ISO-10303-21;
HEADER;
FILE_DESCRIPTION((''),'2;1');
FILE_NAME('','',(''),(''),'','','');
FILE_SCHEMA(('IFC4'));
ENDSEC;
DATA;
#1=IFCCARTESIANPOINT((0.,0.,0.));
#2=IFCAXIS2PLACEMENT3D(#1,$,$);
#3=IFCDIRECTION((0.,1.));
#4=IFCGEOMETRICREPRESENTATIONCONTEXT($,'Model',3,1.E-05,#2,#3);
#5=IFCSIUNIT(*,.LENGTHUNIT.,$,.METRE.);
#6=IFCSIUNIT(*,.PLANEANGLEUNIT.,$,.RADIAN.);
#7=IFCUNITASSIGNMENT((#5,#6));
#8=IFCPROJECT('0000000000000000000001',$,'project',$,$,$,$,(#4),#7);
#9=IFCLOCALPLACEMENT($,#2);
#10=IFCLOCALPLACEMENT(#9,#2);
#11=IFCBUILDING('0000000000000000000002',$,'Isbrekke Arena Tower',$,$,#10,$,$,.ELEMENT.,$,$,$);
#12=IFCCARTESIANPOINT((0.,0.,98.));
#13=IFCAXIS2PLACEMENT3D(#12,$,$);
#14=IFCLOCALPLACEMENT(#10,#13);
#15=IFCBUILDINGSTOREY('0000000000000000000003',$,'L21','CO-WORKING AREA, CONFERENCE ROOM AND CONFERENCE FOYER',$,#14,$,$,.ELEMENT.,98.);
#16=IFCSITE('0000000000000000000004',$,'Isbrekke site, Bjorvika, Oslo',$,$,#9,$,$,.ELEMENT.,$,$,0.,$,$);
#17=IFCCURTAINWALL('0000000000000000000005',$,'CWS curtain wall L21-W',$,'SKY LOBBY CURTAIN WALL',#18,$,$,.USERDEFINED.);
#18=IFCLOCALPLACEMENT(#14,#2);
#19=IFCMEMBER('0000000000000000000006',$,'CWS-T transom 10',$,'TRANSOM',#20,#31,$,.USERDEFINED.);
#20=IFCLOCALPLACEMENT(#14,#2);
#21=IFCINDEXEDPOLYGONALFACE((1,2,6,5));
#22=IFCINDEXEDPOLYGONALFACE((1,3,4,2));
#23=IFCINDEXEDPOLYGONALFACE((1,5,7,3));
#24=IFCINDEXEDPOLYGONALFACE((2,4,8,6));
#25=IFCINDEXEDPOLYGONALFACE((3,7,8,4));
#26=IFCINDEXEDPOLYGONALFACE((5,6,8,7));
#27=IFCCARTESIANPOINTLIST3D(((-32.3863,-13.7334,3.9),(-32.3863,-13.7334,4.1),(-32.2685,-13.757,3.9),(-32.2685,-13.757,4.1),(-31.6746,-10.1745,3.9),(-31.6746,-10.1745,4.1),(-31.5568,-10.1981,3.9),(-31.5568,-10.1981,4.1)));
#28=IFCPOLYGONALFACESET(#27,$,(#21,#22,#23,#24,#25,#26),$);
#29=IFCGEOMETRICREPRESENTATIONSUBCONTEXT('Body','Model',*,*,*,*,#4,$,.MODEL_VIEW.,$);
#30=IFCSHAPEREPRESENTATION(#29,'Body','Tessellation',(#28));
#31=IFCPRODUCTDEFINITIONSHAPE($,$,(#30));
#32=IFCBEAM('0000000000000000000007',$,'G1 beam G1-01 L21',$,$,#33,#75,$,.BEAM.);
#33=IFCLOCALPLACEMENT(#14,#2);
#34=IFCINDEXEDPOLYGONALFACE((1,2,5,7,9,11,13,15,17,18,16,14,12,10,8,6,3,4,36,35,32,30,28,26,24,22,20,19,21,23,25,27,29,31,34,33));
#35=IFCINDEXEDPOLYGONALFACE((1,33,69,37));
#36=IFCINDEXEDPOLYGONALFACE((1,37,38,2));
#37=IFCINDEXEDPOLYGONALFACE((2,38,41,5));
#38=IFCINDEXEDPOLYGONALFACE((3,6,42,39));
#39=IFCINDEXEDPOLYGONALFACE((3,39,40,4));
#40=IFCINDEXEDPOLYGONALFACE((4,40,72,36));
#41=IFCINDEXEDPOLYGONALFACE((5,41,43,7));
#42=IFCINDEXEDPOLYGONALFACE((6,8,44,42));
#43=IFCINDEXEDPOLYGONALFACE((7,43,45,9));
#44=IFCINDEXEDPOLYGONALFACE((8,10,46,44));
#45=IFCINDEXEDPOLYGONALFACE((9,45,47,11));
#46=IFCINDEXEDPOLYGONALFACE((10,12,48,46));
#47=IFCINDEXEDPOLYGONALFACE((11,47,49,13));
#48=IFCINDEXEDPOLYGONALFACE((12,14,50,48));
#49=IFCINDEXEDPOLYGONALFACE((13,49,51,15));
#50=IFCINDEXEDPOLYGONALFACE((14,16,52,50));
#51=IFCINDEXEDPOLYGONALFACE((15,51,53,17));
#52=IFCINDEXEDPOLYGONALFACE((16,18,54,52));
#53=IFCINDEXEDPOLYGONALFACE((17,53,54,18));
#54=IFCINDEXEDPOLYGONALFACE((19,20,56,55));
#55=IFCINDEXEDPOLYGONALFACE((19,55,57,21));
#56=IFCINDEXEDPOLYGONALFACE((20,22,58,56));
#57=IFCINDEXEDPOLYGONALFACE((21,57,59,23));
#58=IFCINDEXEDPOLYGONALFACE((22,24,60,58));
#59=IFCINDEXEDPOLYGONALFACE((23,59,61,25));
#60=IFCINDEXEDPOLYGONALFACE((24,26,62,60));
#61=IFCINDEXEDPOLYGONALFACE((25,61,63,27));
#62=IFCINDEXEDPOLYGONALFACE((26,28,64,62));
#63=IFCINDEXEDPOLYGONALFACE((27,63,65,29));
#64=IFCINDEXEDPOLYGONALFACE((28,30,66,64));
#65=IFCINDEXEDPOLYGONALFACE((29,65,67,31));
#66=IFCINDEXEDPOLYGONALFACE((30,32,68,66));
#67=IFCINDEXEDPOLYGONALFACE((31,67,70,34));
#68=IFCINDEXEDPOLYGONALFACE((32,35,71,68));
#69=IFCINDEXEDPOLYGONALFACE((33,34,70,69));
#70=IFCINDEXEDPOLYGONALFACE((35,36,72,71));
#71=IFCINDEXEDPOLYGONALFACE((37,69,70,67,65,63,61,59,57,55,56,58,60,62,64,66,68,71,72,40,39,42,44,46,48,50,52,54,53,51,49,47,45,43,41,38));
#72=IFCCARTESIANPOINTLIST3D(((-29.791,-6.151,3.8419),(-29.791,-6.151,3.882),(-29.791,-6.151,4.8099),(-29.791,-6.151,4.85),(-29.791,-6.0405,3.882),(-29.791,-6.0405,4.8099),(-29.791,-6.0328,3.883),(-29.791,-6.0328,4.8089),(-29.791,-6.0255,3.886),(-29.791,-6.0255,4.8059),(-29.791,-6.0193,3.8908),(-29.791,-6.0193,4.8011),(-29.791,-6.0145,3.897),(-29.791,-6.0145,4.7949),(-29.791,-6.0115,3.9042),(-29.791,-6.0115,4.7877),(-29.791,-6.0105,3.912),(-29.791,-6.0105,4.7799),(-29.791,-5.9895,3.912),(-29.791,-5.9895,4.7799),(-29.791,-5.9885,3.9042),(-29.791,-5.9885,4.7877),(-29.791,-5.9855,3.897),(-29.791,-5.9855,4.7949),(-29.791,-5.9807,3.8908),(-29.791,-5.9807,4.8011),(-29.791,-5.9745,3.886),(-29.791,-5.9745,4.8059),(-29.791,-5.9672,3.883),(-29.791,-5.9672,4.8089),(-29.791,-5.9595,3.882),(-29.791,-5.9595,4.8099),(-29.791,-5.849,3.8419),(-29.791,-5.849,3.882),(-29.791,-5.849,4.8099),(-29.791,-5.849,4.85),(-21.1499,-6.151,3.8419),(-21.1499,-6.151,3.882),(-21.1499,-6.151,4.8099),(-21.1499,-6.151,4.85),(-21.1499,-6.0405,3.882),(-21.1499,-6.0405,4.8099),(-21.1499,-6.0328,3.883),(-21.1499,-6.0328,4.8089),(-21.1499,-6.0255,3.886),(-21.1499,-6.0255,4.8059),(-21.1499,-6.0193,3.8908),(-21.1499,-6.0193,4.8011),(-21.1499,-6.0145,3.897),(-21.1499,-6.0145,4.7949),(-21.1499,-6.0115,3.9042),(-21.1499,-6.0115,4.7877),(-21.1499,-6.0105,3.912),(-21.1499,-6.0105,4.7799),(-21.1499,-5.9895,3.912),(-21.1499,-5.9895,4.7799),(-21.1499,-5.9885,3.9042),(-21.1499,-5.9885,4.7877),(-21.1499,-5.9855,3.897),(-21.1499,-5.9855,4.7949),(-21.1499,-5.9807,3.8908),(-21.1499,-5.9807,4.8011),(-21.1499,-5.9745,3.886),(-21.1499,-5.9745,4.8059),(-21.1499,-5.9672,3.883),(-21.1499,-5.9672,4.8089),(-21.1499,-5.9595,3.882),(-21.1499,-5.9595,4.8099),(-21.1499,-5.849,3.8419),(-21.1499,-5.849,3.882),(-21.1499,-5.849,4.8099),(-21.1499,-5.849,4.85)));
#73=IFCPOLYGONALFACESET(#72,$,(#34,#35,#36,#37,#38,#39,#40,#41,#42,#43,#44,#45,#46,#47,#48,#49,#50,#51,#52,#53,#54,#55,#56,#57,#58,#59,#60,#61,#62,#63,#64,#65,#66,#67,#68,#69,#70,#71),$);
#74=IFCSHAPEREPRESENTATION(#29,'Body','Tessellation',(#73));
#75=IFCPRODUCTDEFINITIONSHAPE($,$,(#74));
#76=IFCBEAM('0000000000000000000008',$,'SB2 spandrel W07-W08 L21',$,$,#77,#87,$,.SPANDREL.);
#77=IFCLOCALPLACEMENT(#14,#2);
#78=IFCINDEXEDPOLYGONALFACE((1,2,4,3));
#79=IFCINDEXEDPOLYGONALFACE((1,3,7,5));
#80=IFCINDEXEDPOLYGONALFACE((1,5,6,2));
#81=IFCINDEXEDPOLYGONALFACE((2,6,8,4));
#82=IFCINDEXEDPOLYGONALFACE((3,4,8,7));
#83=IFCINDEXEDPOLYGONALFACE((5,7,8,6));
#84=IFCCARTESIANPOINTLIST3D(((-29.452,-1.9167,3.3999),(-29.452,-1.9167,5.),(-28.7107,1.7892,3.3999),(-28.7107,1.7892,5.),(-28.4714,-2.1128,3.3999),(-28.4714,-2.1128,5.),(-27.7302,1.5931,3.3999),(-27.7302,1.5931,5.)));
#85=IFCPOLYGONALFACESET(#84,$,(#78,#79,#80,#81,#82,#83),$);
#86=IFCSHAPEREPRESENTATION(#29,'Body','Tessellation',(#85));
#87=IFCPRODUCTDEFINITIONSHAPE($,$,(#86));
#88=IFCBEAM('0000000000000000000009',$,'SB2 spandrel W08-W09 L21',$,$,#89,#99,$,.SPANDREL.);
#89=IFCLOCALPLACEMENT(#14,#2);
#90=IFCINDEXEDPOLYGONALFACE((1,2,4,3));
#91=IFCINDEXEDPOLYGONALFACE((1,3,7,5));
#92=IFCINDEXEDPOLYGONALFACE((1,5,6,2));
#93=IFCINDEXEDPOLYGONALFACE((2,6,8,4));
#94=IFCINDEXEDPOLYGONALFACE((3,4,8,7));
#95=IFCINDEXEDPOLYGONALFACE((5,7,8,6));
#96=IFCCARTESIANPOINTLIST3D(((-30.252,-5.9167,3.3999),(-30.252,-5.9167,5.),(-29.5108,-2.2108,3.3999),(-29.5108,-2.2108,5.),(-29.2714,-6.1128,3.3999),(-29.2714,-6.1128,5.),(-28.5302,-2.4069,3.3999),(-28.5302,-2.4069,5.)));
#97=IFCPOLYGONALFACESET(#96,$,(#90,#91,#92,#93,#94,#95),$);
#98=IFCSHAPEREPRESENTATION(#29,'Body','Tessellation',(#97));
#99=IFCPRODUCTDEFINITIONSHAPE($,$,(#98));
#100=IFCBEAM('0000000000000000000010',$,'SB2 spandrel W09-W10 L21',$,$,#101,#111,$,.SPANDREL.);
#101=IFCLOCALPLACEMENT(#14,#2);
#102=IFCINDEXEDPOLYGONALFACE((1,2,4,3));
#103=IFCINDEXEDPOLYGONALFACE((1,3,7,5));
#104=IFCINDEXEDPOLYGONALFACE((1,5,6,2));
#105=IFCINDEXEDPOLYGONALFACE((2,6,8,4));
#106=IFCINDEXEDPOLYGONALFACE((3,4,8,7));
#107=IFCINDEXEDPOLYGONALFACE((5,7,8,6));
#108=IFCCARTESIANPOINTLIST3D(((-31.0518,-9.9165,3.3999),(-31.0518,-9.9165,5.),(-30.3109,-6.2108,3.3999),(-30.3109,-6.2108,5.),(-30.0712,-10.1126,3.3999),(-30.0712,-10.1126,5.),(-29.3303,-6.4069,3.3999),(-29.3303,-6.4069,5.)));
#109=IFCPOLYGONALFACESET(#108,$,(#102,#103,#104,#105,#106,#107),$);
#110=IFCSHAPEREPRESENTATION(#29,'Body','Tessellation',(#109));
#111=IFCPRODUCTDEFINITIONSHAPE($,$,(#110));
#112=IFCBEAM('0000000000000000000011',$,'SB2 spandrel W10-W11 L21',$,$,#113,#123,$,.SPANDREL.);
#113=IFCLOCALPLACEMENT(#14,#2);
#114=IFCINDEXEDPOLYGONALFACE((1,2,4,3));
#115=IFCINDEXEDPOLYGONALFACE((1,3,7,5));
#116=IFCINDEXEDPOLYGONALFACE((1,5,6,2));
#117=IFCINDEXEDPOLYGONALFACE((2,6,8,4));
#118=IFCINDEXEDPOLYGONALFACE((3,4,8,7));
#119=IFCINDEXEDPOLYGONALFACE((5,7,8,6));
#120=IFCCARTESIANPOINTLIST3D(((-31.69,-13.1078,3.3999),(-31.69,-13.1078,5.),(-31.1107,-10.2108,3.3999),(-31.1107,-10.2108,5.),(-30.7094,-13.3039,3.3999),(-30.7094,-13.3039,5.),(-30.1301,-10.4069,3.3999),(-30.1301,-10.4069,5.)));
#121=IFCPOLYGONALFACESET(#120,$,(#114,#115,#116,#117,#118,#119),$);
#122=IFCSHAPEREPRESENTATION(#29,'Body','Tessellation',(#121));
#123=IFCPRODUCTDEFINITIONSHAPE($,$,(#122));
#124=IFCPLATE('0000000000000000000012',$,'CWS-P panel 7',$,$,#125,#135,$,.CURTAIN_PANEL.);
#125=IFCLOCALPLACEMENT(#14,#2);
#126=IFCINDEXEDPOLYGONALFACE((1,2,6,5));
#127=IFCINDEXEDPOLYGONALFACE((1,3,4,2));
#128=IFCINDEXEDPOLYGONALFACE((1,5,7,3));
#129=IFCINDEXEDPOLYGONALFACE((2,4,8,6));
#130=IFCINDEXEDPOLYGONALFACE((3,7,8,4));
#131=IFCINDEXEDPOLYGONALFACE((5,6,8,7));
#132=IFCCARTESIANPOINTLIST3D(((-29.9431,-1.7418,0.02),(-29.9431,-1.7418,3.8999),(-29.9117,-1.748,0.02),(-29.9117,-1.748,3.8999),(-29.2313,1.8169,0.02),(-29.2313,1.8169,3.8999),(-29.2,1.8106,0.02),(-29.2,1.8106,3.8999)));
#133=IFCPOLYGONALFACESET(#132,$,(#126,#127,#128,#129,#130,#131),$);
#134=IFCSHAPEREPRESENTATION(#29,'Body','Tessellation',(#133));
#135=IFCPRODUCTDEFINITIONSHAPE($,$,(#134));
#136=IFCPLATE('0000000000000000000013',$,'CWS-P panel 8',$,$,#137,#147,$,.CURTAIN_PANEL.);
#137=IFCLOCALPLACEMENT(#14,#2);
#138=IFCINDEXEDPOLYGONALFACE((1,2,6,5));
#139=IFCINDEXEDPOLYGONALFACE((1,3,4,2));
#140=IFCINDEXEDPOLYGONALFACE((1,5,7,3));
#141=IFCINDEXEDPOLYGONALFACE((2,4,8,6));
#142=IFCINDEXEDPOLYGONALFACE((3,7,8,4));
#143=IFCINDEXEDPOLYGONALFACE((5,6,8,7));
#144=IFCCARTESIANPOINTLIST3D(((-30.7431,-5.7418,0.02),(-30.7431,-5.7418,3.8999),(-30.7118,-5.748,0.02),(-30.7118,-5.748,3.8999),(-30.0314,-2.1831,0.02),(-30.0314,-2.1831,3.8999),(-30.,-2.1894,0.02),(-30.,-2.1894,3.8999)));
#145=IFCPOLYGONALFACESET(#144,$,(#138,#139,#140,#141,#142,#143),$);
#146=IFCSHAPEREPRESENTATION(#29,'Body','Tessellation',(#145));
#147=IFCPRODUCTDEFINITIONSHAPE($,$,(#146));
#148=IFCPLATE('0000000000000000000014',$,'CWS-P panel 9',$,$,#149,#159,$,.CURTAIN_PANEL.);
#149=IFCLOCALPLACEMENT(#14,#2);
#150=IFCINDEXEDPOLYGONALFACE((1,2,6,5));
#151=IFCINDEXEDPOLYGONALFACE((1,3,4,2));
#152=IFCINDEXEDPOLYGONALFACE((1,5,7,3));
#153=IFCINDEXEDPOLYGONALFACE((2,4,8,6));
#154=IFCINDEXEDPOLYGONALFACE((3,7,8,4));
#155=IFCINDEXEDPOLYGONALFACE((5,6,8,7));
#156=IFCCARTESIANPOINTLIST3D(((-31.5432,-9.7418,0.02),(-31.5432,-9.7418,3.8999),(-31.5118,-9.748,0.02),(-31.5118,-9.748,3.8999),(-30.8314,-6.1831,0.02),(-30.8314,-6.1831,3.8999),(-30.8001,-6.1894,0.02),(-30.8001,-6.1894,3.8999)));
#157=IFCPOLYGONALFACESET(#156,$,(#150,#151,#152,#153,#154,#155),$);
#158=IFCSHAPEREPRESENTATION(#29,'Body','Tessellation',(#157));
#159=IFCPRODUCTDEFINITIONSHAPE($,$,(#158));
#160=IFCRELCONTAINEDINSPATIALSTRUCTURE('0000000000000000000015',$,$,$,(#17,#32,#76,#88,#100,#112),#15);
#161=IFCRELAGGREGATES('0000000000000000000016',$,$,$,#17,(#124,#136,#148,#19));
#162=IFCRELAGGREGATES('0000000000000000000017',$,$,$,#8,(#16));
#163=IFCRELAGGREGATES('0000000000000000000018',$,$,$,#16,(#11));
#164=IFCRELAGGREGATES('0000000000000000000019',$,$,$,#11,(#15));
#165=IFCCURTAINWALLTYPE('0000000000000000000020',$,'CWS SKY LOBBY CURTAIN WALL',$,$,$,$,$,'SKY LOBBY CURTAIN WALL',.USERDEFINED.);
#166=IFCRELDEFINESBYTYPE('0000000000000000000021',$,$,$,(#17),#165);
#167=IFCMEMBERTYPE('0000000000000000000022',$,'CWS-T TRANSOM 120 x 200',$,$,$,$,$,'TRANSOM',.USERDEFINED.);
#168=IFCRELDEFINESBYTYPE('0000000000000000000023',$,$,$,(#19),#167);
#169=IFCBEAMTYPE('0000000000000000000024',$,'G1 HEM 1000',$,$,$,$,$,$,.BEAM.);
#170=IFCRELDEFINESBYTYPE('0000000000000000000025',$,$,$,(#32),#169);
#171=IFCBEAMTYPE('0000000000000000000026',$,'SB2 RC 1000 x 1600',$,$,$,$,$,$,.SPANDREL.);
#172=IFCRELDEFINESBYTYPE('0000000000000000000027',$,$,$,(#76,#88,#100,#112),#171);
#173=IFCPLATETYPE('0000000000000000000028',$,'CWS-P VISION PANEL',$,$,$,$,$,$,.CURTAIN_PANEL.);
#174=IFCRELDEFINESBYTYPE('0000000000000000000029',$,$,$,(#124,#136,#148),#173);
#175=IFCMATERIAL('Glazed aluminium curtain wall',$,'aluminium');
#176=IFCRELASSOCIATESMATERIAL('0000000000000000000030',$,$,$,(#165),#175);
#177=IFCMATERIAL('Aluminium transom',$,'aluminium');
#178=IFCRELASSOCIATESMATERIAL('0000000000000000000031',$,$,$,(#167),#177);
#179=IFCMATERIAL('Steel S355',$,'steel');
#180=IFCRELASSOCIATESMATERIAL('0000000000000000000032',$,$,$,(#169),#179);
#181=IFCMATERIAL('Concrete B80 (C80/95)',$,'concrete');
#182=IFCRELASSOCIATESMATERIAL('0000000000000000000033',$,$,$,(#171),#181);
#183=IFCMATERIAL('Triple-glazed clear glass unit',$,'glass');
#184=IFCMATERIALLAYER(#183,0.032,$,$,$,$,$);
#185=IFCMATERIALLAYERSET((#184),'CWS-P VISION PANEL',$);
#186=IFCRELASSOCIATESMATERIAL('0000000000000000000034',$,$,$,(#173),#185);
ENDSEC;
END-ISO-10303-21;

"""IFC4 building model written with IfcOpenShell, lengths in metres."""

from ifc_helpers import new_model, si_unit, direction, frame, origin, origin_2d, place, context, subcontext, project, spatial, rectangle, i_section, extrude, material, layer, layer_set, material_profile, profile_set, type_object, element, aggregate, save


model = new_model("IFC4")

# Units and contexts
model_context = context("Model", 3, precision=1e-05, world=origin(), true_north=direction((0.0, 1.0)))
body_context = subcontext(model_context, "Body", "Model", "MODEL_VIEW")
ifc_project = project(units=[si_unit("LENGTHUNIT", "METRE"), si_unit("PLANEANGLEUNIT", "RADIAN")], contexts=[model_context])

# Site, building, storey
site_placement = place(None, origin())
site = spatial("IfcSite", under=ifc_project, at=site_placement, Name="Isbrekke site, Bjorvika, Oslo", CompositionType="ELEMENT", RefElevation=0.0)
building_placement = place(site_placement, origin())
building = spatial("IfcBuilding", under=site, at=building_placement, Name="Isbrekke Arena Tower", CompositionType="ELEMENT")
storey_placement = place(building_placement, frame((0.0, 0.0, 98.0)))
storey = spatial("IfcBuildingStorey", under=building, at=storey_placement, Name="L21", Description="CO-WORKING AREA, CONFERENCE ROOM AND CONFERENCE FOYER", CompositionType="ELEMENT", Elevation=98.0)

# Curtain wall, member
ifc_material_1 = material(Name="Glazed aluminium curtain wall", Category="aluminium")
curtain_wall_type = type_object("IfcCurtainWallType", Name="CWS SKY LOBBY CURTAIN WALL", ElementType="SKY LOBBY CURTAIN WALL", PredefinedType="USERDEFINED", material=ifc_material_1)
curtain_wall_placement = place(storey_placement, origin())
curtain_wall = element("IfcCurtainWall", 1, at=curtain_wall_placement, inside=storey, type_object=curtain_wall_type, Name="CWS curtain wall L21-W", ObjectType="SKY LOBBY CURTAIN WALL", PredefinedType="USERDEFINED")
ifc_material_2 = material(Name="Aluminium transom", Category="aluminium")
ifc_material_profile_1 = material_profile(ifc_material_2, rectangle(XDim=0.1201, YDim=0.2, at=origin_2d()), Name="TRANSOM 120X200")
ifc_profile_set_1 = profile_set([ifc_material_profile_1], Name="Aluminium transom")
member_type_1 = type_object("IfcMemberType", Name="CWS-T TRANSOM 120 x 200", ElementType="TRANSOM", PredefinedType="USERDEFINED", material=ifc_profile_set_1)
member_1_placement = place(storey_placement, frame((-31.6157, -10.1863, 4.0), z_axis=(-0.19609, -0.980586, 0.0), x_axis=(0.980586, -0.19609, 0.0)))
member_1 = element("IfcMember", 2, at=member_1_placement, type_object=member_type_1, Name="CWS-T transom 10", ObjectType="TRANSOM", PredefinedType="USERDEFINED", context=body_context, shape_type="SweptSolid", body=[
    extrude(rectangle(XDim=0.1201, YDim=0.2, at=origin_2d()), origin(), (0.0, 0.0, 1.0), 3.6294),
])

# Beams
ifc_material_3 = material(Name="Steel S355", Category="steel")
ifc_material_profile_2 = material_profile(ifc_material_3, i_section(OverallWidth=0.302, OverallDepth=1.0081, WebThickness=0.021, FlangeThickness=0.04, FilletRadius=0.03, at=origin_2d()), Name="HEM 1000")
ifc_profile_set_2 = profile_set([ifc_material_profile_2], Name="Steel S355")
beam_type_1 = type_object("IfcBeamType", Name="G1 HEM 1000", PredefinedType="BEAM", material=ifc_profile_set_2)
beam_1_placement = place(storey_placement, frame((-29.791, -6.0, 4.3459), z_axis=(1.0, 0.0, 0.0), x_axis=(0.0, 1.0, 0.0)))
element("IfcBeam", 3, at=beam_1_placement, inside=storey, type_object=beam_type_1, Name="G1 beam G1-01 L21", PredefinedType="BEAM", context=body_context, shape_type="SweptSolid", body=[
    extrude(i_section(OverallWidth=0.302, OverallDepth=1.0081, WebThickness=0.021, FlangeThickness=0.04, FilletRadius=0.03, at=origin_2d()), origin(), (0.0, 0.0, 1.0), 8.6411),
])
ifc_material_4 = material(Name="Concrete B80 (C80/95)", Category="concrete")
ifc_material_profile_3 = material_profile(ifc_material_4, rectangle(XDim=1.0, YDim=1.6001, at=origin_2d()), Name="RC 1000x1600")
ifc_profile_set_3 = profile_set([ifc_material_profile_3], Name="Concrete B80 (C80/95)")
beam_type_2 = type_object("IfcBeamType", Name="SB2 RC 1000 x 1600", PredefinedType="SPANDREL", material=ifc_profile_set_3)
for number, where, z_axis, x_axis, name in (
    (4, (-28.2205, 1.6912, 4.2), (-0.196129, -0.980578, 0.0), (0.980578, -0.196129, 0.0), "SB2 spandrel W07-W08 L21"),
    (5, (-29.0205, -2.3088, 4.2), (-0.196129, -0.980578, 0.0), (0.980578, -0.196129, 0.0), "SB2 spandrel W08-W09 L21"),
):
    element("IfcBeam", number, at=place(storey_placement, frame(where, z_axis=z_axis, x_axis=x_axis)), inside=storey, type_object=beam_type_2, Name=name, PredefinedType="SPANDREL", context=body_context, shape_type="SweptSolid", body=[
        extrude(rectangle(XDim=1.0, YDim=1.6001, at=origin_2d()), origin(), (0.0, 0.0, 1.0), 3.7793),
    ])
beam_2_placement = place(storey_placement, frame((-29.8206, -6.3088, 4.2), z_axis=(-0.196066, -0.980591, 0.0), x_axis=(0.980591, -0.196066, 0.0)))
element("IfcBeam", 6, at=beam_2_placement, inside=storey, type_object=beam_type_2, Name="SB2 spandrel W09-W10 L21", PredefinedType="SPANDREL", context=body_context, shape_type="SweptSolid", body=[
    extrude(rectangle(XDim=1.0, YDim=1.6001, at=origin_2d()), origin(), (0.0, 0.0, 1.0), 3.7791),
])
beam_3_placement = place(storey_placement, frame((-30.6204, -10.3088, 4.2), z_axis=(-0.1961, -0.980584, 0.0), x_axis=(0.980584, -0.1961, 0.0)))
element("IfcBeam", 7, at=beam_3_placement, inside=storey, type_object=beam_type_2, Name="SB2 spandrel W10-W11 L21", PredefinedType="SPANDREL", context=body_context, shape_type="SweptSolid", body=[
    extrude(rectangle(XDim=1.0, YDim=1.6001, at=origin_2d()), origin(), (0.0, 0.0, 1.0), 2.9543),
])

# Plates
ifc_material_5 = material(Name="Triple-glazed clear glass unit", Category="glass")
ifc_layer_1 = layer(ifc_material_5, 0.032)
ifc_layer_set_1 = layer_set([ifc_layer_1], Name="CWS-P VISION PANEL")
plate_type = type_object("IfcPlateType", Name="CWS-P VISION PANEL", PredefinedType="CURTAIN_PANEL", material=ifc_layer_set_1)
plate_1_placement = place(storey_placement, frame((-29.5715, 0.0344, 0.02), z_axis=(0.0, 0.0, 1.0), x_axis=(-0.196116, -0.980581, 0.0)))
plate_1 = element("IfcPlate", 8, at=plate_1_placement, type_object=plate_type, Name="CWS-P panel 7", PredefinedType="CURTAIN_PANEL", context=body_context, shape_type="SweptSolid", body=[
    extrude(rectangle(XDim=3.6292, YDim=0.032, at=origin_2d()), origin(), (0.0, 0.0, 1.0), 3.8799),
])
plate_2_placement = place(storey_placement, frame((-30.3716, -3.9656, 0.02), z_axis=(0.0, 0.0, 1.0), x_axis=(-0.196116, -0.980581, 0.0)))
plate_2 = element("IfcPlate", 9, at=plate_2_placement, type_object=plate_type, Name="CWS-P panel 8", PredefinedType="CURTAIN_PANEL", context=body_context, shape_type="SweptSolid", body=[
    extrude(rectangle(XDim=3.6292, YDim=0.032, at=origin_2d()), origin(), (0.0, 0.0, 1.0), 3.8799),
])
plate_3_placement = place(storey_placement, frame((-31.1716, -7.9656, 0.02), z_axis=(0.0, 0.0, 1.0), x_axis=(-0.196116, -0.980581, 0.0)))
plate_3 = element("IfcPlate", 10, at=plate_3_placement, type_object=plate_type, Name="CWS-P panel 9", PredefinedType="CURTAIN_PANEL", context=body_context, shape_type="SweptSolid", body=[
    extrude(rectangle(XDim=3.6292, YDim=0.032, at=origin_2d()), origin(), (0.0, 0.0, 1.0), 3.8799),
])
aggregate(curtain_wall, [plate_1, plate_2, plate_3, member_1])

save(model, "model.ifc")
